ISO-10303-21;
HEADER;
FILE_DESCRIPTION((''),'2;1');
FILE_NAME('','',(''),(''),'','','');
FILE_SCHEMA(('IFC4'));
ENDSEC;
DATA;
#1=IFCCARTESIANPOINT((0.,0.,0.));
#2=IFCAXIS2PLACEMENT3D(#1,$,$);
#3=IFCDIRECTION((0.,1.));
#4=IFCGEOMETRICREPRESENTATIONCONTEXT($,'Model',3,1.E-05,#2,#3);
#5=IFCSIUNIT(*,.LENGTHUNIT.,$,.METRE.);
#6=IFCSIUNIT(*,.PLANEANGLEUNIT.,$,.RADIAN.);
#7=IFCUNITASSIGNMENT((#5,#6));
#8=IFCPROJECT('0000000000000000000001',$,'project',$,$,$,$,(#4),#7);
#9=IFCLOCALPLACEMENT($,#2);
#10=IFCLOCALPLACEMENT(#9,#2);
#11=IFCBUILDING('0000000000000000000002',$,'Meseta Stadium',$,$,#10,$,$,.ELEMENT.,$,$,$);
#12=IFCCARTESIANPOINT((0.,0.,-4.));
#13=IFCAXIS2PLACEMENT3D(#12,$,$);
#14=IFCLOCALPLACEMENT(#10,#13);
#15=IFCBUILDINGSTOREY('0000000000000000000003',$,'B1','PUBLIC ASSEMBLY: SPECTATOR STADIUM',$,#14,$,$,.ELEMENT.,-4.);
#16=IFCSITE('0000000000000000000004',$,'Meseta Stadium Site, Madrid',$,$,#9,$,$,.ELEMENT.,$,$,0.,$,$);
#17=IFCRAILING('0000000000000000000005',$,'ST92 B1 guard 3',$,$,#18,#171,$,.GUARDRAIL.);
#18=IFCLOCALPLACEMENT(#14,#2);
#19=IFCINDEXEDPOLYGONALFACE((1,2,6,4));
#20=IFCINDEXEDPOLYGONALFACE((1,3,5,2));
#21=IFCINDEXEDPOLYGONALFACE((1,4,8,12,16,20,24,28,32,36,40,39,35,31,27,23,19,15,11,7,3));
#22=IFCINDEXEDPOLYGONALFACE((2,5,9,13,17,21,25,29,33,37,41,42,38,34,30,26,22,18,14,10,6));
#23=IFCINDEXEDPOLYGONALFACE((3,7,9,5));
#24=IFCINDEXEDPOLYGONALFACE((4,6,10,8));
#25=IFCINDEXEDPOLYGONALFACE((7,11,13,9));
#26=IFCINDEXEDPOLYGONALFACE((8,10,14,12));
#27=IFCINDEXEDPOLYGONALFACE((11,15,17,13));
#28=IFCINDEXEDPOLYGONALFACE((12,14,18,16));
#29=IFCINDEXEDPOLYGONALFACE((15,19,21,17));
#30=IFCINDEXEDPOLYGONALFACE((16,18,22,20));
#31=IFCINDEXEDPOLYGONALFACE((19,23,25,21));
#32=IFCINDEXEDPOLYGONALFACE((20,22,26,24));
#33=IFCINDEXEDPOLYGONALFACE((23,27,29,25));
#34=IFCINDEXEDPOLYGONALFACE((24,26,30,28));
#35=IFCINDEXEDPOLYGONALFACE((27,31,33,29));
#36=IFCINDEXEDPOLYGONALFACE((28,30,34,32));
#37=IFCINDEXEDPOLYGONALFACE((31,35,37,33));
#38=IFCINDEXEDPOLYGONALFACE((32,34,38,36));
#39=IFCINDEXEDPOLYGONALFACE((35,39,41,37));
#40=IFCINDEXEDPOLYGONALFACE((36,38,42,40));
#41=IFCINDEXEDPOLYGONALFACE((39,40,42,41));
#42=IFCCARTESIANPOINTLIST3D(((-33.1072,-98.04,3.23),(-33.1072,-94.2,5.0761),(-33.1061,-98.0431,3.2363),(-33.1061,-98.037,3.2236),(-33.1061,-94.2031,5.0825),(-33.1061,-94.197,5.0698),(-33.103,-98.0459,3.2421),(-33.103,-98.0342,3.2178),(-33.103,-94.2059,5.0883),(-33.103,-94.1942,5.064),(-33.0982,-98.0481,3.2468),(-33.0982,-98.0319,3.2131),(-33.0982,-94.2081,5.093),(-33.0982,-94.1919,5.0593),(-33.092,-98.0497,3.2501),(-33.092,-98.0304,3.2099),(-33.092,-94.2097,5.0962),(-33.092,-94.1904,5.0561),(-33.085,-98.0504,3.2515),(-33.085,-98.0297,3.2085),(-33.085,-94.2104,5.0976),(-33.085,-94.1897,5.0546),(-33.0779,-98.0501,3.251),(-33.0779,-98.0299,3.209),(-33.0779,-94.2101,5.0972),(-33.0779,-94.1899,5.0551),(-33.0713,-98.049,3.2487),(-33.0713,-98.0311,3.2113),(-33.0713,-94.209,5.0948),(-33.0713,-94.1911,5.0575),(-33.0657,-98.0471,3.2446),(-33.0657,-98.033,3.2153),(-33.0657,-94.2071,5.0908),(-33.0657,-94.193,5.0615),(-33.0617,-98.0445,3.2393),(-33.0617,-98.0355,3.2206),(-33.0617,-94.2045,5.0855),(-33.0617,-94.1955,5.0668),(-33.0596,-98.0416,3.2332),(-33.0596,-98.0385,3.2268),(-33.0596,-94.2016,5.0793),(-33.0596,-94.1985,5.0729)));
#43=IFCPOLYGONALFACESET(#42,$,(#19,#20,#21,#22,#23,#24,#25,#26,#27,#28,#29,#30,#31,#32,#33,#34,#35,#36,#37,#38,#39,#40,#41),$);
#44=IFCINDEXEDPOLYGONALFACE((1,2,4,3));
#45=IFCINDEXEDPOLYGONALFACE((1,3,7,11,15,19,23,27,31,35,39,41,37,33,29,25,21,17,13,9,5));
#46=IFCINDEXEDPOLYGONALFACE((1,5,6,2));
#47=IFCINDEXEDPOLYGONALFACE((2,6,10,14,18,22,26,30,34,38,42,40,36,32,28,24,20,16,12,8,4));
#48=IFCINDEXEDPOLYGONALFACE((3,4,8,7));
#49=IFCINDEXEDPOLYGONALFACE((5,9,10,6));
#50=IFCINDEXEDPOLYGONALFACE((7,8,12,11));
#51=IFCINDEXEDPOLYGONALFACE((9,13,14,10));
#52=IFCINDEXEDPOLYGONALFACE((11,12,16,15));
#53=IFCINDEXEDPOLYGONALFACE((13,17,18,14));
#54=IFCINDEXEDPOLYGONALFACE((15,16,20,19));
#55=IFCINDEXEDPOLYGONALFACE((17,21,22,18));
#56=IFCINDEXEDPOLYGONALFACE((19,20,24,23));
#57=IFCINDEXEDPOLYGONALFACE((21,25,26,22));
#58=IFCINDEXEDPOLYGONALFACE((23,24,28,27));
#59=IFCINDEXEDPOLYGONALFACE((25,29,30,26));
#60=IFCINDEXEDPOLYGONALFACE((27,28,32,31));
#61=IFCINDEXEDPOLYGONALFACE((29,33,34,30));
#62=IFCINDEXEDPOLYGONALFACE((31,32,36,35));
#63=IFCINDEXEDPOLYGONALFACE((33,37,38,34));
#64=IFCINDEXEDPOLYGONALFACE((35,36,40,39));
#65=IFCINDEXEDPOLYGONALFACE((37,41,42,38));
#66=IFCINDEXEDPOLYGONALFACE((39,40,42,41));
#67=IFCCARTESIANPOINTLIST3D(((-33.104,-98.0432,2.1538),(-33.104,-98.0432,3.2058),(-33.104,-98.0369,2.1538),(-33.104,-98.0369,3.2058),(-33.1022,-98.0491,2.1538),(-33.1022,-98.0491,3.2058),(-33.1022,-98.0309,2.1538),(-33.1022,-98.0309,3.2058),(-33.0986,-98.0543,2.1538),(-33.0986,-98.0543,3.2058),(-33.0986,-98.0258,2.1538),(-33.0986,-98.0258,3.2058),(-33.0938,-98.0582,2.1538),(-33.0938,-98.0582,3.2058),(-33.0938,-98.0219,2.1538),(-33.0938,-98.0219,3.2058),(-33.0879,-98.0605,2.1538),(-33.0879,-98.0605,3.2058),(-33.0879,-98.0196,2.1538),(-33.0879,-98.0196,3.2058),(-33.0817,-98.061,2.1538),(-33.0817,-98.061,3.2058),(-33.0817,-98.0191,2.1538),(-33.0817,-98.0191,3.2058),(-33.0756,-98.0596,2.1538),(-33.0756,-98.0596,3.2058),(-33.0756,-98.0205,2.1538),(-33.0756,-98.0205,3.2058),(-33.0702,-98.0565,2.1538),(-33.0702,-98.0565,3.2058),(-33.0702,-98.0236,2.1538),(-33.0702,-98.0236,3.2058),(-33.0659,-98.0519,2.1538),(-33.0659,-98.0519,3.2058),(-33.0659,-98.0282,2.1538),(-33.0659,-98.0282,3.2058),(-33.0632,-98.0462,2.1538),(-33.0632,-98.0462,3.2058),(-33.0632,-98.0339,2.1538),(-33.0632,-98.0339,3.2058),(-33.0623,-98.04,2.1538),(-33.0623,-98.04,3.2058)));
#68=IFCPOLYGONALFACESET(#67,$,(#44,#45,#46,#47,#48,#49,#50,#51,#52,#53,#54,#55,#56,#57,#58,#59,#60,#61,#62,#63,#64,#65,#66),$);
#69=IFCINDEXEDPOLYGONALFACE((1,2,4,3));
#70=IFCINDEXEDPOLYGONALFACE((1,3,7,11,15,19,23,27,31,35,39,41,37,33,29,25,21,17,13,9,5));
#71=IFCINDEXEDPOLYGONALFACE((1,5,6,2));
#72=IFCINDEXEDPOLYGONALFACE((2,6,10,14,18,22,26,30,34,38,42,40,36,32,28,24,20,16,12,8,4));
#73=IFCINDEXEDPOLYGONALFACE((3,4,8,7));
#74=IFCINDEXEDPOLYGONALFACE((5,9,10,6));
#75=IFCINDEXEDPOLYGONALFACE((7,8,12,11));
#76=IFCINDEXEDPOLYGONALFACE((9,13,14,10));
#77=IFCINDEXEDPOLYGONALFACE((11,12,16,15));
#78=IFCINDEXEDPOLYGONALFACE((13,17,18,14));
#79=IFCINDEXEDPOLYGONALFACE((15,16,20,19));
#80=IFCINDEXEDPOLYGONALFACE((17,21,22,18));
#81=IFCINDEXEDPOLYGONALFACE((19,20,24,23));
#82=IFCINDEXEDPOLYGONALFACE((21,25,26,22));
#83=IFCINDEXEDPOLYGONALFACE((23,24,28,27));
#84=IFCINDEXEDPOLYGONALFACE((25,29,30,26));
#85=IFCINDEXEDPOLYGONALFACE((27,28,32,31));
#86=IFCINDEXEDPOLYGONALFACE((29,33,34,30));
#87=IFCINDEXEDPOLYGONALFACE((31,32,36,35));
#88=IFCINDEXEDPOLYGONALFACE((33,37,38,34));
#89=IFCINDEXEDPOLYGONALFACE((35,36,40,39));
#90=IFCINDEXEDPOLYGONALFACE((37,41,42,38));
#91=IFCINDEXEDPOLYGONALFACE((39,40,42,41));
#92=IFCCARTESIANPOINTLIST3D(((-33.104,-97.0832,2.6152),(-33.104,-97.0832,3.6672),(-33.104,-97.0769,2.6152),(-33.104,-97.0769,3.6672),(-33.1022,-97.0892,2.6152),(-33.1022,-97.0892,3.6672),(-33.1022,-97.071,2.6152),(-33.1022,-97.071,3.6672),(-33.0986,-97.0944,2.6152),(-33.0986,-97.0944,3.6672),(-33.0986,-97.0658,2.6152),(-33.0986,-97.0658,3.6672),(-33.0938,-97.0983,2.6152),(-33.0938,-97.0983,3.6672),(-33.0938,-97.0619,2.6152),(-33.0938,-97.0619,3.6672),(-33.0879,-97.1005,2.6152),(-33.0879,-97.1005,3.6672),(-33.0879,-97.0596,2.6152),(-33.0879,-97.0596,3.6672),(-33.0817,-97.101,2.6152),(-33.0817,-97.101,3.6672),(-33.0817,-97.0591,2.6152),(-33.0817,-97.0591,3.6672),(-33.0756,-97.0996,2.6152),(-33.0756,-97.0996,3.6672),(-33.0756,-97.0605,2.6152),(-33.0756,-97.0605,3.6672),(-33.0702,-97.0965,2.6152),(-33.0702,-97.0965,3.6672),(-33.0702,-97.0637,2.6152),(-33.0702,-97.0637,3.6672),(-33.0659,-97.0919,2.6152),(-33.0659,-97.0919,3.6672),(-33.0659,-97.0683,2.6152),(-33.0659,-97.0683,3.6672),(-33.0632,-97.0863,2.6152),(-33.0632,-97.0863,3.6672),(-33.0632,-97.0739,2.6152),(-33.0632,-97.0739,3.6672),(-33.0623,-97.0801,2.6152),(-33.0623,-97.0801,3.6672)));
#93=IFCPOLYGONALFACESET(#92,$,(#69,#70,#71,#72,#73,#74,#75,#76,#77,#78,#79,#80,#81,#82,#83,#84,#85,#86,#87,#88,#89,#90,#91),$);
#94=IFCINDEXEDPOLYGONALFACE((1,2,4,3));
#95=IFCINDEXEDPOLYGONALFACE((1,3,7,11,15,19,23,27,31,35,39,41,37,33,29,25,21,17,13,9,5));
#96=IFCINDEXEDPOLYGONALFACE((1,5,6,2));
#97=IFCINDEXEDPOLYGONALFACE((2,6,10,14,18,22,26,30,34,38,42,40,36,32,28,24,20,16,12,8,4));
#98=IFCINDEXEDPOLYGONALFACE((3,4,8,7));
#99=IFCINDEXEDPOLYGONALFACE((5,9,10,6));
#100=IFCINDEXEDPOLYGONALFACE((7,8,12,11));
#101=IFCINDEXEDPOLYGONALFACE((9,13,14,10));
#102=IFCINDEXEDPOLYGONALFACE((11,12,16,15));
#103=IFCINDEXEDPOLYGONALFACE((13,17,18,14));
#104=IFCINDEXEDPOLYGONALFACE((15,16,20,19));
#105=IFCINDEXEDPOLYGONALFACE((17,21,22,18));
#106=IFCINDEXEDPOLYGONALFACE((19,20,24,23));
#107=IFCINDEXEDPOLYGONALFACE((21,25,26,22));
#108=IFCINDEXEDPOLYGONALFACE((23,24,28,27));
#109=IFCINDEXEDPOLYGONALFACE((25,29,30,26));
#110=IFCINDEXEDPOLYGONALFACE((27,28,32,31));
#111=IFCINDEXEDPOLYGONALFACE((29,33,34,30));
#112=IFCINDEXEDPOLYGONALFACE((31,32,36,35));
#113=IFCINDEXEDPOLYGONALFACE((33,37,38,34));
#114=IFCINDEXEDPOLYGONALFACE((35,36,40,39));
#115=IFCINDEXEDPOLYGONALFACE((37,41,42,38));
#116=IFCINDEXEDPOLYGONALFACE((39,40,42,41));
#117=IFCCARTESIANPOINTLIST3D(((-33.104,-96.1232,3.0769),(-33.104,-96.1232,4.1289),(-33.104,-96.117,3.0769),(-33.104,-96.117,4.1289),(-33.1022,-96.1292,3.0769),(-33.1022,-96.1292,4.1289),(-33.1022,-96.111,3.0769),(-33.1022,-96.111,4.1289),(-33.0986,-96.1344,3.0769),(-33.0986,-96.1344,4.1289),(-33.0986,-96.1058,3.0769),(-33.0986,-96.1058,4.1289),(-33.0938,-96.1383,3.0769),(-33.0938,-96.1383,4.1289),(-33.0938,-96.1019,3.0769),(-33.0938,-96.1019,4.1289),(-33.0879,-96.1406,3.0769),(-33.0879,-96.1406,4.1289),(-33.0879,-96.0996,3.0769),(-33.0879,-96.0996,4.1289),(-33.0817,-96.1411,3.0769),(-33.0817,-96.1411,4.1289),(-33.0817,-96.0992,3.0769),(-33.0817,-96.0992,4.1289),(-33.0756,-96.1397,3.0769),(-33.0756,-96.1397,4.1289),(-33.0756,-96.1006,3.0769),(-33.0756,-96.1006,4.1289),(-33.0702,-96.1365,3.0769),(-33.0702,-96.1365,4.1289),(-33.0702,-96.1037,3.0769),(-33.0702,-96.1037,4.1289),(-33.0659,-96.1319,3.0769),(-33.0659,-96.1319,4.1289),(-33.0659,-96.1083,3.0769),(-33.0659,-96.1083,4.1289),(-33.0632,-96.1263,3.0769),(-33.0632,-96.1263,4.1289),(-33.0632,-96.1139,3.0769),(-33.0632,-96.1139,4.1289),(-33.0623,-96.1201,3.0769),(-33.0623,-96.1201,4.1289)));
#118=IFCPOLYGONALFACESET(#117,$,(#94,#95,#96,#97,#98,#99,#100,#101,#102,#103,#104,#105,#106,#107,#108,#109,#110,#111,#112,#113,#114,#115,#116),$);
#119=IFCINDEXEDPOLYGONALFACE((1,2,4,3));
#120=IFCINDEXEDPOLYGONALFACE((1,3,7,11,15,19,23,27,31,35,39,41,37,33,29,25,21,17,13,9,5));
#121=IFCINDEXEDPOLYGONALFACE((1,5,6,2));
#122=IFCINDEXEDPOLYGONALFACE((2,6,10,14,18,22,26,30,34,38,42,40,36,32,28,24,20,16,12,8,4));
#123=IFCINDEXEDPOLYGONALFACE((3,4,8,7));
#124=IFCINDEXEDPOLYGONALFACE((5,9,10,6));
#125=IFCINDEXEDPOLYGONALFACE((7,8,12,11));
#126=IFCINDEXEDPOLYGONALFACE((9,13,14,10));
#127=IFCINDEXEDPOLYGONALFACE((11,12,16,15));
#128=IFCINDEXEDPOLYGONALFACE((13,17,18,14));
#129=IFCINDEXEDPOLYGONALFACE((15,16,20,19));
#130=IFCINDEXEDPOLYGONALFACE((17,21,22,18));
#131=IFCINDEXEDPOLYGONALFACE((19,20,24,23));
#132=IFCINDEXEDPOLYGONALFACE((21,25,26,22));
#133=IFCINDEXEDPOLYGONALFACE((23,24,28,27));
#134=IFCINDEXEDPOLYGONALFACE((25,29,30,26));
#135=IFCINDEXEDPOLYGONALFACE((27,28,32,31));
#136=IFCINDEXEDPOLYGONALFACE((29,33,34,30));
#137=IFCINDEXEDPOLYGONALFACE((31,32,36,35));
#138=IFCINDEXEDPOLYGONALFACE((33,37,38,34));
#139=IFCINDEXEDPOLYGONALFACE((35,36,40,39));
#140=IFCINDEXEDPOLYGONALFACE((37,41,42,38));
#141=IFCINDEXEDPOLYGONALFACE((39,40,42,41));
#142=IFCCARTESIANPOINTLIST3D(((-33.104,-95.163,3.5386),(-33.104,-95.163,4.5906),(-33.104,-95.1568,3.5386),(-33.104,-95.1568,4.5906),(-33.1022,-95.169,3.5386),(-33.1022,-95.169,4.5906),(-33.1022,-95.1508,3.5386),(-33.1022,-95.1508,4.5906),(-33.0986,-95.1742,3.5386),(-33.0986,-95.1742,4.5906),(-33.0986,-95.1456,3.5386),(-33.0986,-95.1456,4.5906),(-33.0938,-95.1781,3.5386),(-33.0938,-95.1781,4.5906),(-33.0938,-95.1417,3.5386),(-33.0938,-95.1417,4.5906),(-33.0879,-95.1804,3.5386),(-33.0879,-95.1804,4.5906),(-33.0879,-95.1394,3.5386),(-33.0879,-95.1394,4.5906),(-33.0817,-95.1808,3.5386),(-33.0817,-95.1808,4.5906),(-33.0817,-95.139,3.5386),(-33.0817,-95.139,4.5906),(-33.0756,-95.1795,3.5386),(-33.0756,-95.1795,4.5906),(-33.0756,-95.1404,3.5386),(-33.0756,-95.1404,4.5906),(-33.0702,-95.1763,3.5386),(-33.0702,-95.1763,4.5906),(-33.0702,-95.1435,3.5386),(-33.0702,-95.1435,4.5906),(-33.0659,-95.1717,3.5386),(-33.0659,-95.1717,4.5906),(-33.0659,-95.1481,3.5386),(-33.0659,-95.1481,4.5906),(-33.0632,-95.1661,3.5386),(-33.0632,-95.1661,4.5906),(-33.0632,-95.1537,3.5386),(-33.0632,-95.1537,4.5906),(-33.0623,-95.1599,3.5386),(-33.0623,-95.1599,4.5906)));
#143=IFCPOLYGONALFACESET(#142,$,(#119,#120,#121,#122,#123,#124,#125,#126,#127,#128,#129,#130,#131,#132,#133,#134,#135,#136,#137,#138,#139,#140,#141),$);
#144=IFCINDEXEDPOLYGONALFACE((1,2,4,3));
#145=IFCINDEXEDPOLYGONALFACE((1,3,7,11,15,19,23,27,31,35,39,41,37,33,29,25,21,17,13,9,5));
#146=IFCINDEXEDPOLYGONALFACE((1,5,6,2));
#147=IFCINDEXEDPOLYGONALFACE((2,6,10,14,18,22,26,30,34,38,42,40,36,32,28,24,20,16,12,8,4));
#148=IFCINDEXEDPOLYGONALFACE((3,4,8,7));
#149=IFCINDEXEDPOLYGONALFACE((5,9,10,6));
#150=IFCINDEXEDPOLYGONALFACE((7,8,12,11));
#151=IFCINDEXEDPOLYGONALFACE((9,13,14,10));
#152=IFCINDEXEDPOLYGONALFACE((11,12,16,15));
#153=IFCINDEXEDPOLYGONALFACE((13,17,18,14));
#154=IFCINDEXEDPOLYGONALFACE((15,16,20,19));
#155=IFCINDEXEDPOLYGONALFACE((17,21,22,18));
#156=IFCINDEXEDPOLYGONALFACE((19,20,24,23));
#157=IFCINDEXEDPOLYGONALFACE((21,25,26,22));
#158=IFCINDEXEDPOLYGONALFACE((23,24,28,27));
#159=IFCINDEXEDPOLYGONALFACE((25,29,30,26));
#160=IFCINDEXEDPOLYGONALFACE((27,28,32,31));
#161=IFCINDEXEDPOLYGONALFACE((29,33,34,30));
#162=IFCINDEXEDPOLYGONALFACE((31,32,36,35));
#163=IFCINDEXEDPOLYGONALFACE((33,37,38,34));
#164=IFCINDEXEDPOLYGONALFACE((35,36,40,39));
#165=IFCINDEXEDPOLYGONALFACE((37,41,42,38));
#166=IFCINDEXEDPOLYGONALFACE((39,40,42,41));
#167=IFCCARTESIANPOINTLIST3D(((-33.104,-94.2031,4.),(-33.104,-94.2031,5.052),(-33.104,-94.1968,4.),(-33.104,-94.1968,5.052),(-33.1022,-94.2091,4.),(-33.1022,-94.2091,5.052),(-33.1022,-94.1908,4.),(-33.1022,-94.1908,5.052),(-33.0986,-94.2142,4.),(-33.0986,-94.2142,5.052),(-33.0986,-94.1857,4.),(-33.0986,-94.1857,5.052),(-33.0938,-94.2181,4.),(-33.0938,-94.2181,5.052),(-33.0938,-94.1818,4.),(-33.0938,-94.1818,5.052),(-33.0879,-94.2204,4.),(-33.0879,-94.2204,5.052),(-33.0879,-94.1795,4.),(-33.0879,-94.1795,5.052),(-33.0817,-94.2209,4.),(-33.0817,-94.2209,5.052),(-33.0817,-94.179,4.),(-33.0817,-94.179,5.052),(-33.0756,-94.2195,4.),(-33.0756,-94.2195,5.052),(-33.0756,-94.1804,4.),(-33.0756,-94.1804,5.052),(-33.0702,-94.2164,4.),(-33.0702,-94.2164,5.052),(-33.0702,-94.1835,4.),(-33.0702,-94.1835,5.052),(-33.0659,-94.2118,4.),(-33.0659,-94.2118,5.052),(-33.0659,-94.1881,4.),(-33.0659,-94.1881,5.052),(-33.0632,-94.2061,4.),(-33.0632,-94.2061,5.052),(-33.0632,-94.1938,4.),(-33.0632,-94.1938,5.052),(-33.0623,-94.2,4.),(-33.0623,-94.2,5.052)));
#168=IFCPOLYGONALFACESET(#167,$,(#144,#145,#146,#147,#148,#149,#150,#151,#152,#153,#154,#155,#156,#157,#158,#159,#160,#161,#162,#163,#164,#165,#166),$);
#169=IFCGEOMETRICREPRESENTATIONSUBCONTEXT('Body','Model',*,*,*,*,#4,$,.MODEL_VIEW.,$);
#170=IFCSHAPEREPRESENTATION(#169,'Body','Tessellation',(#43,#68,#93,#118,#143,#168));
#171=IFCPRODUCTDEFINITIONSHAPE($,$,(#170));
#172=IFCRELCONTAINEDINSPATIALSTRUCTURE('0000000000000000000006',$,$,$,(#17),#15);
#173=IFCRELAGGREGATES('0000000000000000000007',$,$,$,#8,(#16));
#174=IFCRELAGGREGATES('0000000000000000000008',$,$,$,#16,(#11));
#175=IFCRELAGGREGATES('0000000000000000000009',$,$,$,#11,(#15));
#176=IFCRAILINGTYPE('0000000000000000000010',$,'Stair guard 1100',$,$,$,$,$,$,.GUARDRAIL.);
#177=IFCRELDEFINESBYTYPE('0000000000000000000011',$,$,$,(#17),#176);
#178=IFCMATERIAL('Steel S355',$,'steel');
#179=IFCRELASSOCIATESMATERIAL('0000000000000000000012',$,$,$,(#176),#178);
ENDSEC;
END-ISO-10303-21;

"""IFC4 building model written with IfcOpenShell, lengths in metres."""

from ifc_helpers import new_model, si_unit, direction, frame, origin, origin_2d, place, context, subcontext, project, spatial, circle, extrude, material, type_object, element, save


model = new_model("IFC4")

# Units and contexts
model_context = context("Model", 3, precision=1e-05, world=origin(), true_north=direction((0.0, 1.0)))
body_context = subcontext(model_context, "Body", "Model", "MODEL_VIEW")
ifc_project = project(units=[si_unit("LENGTHUNIT", "METRE"), si_unit("PLANEANGLEUNIT", "RADIAN")], contexts=[model_context])

# Site, building, storey
site_placement = place(None, origin())
site = spatial("IfcSite", under=ifc_project, at=site_placement, Name="Meseta Stadium Site, Madrid", CompositionType="ELEMENT", RefElevation=0.0)
building_placement = place(site_placement, origin())
building = spatial("IfcBuilding", under=site, at=building_placement, Name="Meseta Stadium", CompositionType="ELEMENT")
storey_placement = place(building_placement, frame((0.0, 0.0, -4.0)))
storey = spatial("IfcBuildingStorey", under=building, at=storey_placement, Name="B1", Description="PUBLIC ASSEMBLY: SPECTATOR STADIUM", CompositionType="ELEMENT", Elevation=-4.0)

# Railing
ifc_material_1 = material(Name="Steel S355", Category="steel")
railing_type_1 = type_object("IfcRailingType", Name="Stair guard 1100", PredefinedType="GUARDRAIL", material=ifc_material_1)
railing_1_placement = place(storey_placement, frame((-33.0833, -98.04, 2.1538)))
element("IfcRailing", 1, at=railing_1_placement, inside=storey, type_object=railing_type_1, Name="ST92 B1 guard 3", PredefinedType="GUARDRAIL", context=body_context, shape_type="SweptSolid", body=[
    extrude(circle(Radius=0.0239, at=origin_2d()), frame((0.0, 0.0, 1.0762), z_axis=(0.0, 0.901253, 0.433294), x_axis=(-1.0, 0.0, 0.0)), (0.0, 0.0, 1.0), 4.2607),
    extrude(circle(Radius=0.021, at=origin_2d()), origin(), (0.0, 0.0, 1.0), 1.052),
    extrude(circle(Radius=0.021, at=origin_2d()), frame((0.0, 0.96, 0.4614)), (0.0, 0.0, 1.0), 1.052),
    extrude(circle(Radius=0.021, at=origin_2d()), frame((0.0, 1.9199, 0.9231)), (0.0, 0.0, 1.0), 1.052),
    extrude(circle(Radius=0.021, at=origin_2d()), frame((0.0, 2.8801, 1.3848)), (0.0, 0.0, 1.0), 1.052),
    extrude(circle(Radius=0.021, at=origin_2d()), frame((0.0, 3.8401, 1.8462)), (0.0, 0.0, 1.0), 1.052),
])

save(model, "model.ifc")
